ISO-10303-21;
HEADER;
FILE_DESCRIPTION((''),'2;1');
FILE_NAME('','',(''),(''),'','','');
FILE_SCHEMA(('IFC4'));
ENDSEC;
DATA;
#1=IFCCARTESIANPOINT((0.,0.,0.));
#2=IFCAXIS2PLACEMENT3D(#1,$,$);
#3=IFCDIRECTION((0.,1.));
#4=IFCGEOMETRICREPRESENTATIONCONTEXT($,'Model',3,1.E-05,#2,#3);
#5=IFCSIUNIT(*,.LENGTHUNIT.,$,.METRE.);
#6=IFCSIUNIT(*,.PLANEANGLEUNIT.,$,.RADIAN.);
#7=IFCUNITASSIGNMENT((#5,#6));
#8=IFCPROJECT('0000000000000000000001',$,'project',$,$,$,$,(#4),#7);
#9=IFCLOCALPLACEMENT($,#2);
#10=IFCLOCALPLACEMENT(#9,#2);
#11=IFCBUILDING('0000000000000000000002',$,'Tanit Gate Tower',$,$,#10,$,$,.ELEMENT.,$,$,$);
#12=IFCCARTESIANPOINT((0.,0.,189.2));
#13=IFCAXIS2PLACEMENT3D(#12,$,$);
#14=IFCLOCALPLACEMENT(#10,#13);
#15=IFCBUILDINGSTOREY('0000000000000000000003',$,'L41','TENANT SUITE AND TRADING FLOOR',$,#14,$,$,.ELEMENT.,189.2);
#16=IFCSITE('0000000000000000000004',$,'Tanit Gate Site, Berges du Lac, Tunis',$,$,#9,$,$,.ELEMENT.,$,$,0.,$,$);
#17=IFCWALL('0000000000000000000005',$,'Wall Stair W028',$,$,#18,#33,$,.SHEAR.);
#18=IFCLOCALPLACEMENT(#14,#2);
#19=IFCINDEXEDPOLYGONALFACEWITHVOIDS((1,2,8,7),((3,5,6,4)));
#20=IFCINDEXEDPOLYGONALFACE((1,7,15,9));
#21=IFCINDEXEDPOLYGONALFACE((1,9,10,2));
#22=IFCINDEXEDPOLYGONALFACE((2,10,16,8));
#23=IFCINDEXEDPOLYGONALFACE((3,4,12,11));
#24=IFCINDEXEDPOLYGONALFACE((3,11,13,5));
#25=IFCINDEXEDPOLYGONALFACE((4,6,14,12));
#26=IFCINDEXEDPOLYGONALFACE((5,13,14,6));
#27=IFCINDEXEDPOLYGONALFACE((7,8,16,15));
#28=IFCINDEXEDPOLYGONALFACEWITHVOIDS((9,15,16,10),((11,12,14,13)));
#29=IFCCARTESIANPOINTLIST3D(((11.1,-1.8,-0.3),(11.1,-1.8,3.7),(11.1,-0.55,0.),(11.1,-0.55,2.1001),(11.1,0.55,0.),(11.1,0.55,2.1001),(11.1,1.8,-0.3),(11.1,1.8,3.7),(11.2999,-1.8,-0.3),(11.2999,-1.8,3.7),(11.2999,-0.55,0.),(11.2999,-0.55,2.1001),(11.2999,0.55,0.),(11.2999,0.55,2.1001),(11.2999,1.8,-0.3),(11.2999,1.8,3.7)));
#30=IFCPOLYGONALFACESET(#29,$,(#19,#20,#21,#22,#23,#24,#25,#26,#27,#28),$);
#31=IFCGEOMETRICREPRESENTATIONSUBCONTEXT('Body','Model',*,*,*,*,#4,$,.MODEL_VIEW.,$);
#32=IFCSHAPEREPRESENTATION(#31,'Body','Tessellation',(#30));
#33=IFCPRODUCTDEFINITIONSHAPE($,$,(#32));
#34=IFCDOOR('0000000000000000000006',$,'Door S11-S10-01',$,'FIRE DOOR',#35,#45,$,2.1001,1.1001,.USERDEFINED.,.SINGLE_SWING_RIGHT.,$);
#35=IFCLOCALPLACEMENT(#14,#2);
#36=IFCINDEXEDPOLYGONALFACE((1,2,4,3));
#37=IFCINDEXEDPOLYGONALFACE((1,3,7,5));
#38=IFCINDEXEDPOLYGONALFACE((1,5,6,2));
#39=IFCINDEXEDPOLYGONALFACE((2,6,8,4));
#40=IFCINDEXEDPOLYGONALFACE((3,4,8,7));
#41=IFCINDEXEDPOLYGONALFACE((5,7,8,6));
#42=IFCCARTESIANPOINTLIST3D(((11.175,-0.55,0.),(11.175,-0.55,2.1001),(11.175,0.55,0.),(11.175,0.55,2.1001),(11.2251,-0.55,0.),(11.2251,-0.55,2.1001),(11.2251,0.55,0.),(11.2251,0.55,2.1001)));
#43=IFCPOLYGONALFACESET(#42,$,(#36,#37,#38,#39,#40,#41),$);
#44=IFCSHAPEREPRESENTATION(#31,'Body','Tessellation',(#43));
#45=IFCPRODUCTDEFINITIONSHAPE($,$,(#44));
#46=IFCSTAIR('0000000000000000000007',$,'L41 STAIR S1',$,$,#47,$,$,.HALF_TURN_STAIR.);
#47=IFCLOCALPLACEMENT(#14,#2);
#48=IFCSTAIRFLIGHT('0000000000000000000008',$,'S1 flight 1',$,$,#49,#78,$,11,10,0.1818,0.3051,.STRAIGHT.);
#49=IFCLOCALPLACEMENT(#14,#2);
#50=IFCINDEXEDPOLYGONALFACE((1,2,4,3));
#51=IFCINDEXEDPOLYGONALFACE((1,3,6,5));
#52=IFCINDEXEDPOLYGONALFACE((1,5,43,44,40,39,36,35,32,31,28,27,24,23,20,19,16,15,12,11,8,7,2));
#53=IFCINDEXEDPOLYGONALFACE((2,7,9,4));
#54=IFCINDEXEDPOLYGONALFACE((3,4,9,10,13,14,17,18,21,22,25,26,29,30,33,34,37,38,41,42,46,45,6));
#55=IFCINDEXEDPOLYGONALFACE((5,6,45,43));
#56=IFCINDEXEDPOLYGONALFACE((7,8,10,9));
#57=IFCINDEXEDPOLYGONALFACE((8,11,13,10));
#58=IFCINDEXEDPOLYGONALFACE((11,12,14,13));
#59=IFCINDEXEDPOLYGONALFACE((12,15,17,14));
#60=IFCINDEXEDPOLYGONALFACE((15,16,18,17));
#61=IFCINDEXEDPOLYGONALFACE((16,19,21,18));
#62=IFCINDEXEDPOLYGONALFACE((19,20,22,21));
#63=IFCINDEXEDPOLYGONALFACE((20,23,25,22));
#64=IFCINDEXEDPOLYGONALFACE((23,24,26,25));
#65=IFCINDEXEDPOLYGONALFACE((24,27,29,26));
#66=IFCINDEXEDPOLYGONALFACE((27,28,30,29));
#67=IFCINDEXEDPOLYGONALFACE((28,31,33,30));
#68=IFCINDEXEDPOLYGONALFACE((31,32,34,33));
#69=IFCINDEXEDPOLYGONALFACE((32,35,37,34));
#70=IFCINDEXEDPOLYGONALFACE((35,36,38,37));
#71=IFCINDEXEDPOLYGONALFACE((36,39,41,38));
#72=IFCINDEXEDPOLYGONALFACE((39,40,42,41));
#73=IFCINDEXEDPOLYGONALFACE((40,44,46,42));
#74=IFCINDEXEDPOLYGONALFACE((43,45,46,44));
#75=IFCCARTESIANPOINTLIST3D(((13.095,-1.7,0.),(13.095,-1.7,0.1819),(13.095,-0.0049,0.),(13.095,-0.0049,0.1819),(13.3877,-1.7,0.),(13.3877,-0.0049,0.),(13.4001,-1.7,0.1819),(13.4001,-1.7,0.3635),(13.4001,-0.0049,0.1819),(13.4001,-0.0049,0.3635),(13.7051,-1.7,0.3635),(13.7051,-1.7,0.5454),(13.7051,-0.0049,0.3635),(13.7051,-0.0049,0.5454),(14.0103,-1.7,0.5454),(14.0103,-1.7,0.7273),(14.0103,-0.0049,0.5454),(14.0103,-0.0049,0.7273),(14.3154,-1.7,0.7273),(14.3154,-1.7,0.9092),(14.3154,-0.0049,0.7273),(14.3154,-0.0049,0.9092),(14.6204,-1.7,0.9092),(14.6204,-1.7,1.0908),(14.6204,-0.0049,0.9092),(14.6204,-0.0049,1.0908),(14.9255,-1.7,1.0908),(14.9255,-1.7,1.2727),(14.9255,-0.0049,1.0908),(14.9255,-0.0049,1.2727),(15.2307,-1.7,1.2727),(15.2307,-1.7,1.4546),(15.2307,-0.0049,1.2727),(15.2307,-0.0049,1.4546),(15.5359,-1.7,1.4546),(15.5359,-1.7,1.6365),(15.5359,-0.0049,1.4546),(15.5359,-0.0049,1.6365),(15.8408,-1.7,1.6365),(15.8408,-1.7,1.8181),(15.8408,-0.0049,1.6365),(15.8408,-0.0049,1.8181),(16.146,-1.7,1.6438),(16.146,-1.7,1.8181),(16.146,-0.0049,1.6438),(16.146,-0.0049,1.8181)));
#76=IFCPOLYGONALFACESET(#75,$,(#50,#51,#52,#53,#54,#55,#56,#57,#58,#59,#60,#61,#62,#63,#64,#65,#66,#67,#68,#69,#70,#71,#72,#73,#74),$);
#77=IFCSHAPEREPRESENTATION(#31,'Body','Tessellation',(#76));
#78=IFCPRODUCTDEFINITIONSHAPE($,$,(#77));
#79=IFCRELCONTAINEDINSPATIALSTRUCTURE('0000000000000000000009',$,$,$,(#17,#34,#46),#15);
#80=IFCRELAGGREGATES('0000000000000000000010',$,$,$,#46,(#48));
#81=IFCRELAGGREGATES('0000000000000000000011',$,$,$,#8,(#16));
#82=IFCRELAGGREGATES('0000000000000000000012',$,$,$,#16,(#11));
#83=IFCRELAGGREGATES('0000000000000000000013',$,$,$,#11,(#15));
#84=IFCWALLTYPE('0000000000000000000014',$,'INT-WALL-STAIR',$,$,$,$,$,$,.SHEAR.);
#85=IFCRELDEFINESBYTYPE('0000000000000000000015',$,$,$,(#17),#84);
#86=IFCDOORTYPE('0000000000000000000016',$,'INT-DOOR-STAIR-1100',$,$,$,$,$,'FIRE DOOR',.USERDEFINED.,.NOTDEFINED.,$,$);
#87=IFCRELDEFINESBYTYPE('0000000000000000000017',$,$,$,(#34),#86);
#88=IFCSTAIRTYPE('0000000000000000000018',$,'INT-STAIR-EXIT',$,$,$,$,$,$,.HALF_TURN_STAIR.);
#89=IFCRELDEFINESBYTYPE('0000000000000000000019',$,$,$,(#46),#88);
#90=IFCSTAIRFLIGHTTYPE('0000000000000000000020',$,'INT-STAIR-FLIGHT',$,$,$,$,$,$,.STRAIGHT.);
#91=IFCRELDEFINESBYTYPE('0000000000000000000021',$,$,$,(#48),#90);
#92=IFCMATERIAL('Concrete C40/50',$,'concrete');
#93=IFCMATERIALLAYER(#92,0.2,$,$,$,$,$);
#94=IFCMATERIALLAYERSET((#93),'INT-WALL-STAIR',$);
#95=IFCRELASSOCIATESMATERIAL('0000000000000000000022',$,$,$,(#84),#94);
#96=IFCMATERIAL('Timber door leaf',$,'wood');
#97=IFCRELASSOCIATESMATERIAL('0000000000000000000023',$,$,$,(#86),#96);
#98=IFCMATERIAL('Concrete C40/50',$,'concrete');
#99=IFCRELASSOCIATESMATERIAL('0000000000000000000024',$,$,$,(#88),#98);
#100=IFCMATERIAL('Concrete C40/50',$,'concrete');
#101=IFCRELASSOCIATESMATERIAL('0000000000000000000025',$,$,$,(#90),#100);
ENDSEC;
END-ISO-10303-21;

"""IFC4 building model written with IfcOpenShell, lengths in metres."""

from ifc_helpers import new_model, si_unit, direction, frame, frame_2d, origin, place, context, subcontext, project, spatial, polyline, rectangle, outline, extrude, material, layer, layer_set, type_object, element, fill, aggregate, save


model = new_model("IFC4")

# Units and contexts
model_context = context("Model", 3, precision=1e-05, world=origin(), true_north=direction((0.0, 1.0)))
body_context = subcontext(model_context, "Body", "Model", "MODEL_VIEW")
ifc_project = project(units=[si_unit("LENGTHUNIT", "METRE"), si_unit("PLANEANGLEUNIT", "RADIAN")], contexts=[model_context])

# Site, building, storey
site_placement = place(None, origin())
site = spatial("IfcSite", under=ifc_project, at=site_placement, Name="Tanit Gate Site, Berges du Lac, Tunis", CompositionType="ELEMENT", RefElevation=0.0)
building_placement = place(site_placement, origin())
building = spatial("IfcBuilding", under=site, at=building_placement, Name="Tanit Gate Tower", CompositionType="ELEMENT")
storey_placement = place(building_placement, frame((0.0, 0.0, 189.2)))
storey = spatial("IfcBuildingStorey", under=building, at=storey_placement, Name="L41", Description="TENANT SUITE AND TRADING FLOOR", CompositionType="ELEMENT", Elevation=189.2)

# Shared definitions
ifc_material_1 = material(Name="Concrete C40/50", Category="concrete")
ifc_layer_1 = layer(ifc_material_1, 0.2)
ifc_layer_set_1 = layer_set([ifc_layer_1], Name="INT-WALL-STAIR")
wall_type_1 = type_object("IfcWallType", Name="INT-WALL-STAIR", PredefinedType="SHEAR", material=ifc_layer_set_1)

# Wall, opening, door
wall_1_placement = place(storey_placement, frame((11.2, -1.8, -0.3), z_axis=(0.0, 0.0, 1.0), x_axis=(0.0, 1.0, 0.0)))
wall_1 = element("IfcWall", 1, at=wall_1_placement, inside=storey, type_object=wall_type_1, Name="Wall Stair W028", PredefinedType="SHEAR", context=body_context, shape_type="SweptSolid", body=[
    extrude(rectangle(XDim=3.6001, YDim=0.2, at=frame_2d((1.8, 0.0))), origin(), (0.0, 0.0, 1.0), 4.0),
])
opening_1_placement = place(wall_1_placement, frame((1.25, 0.0, 0.3)))
opening_1 = element("IfcOpeningElement", 2, at=opening_1_placement, cuts=wall_1, PredefinedType="OPENING", context=body_context, shape_type="SweptSolid", body=[
    extrude(rectangle(XDim=1.1001, YDim=2.1001, at=frame_2d((0.55, 1.05))), frame((0.0, 0.1099, 0.0), z_axis=(0.0, -1.0, 0.0), x_axis=(1.0, 0.0, 0.0)), (0.0, 0.0, 1.0), 0.22),
])
ifc_material_2 = material(Name="Timber door leaf", Category="wood")
door_type_1 = type_object("IfcDoorType", Name="INT-DOOR-STAIR-1100", ElementType="FIRE DOOR", OperationType="NOTDEFINED", PredefinedType="USERDEFINED", material=ifc_material_2)
door_1_placement = place(opening_1_placement, origin())
door_1 = element("IfcDoor", 3, at=door_1_placement, inside=storey, type_object=door_type_1, Name="Door S11-S10-01", ObjectType="FIRE DOOR", OperationType="SINGLE_SWING_RIGHT", OverallHeight=2.1001, OverallWidth=1.1001, PredefinedType="USERDEFINED", context=body_context, shape_type="SweptSolid", body=[
    extrude(rectangle(XDim=1.1001, YDim=2.1001, at=frame_2d((0.55, 1.05))), frame((0.0, 0.0249, 0.0), z_axis=(0.0, -1.0, 0.0), x_axis=(1.0, 0.0, 0.0)), (0.0, 0.0, 1.0), 0.05),
])
fill(opening_1, door_1)

# Stair, stair flight
ifc_material_3 = material(Name="Concrete C40/50", Category="concrete")
stair_type = type_object("IfcStairType", Name="INT-STAIR-EXIT", PredefinedType="HALF_TURN_STAIR", material=ifc_material_3)
stair_placement = place(storey_placement, origin())
stair = element("IfcStair", 4, at=stair_placement, inside=storey, type_object=stair_type, Name="L41 STAIR S1", PredefinedType="HALF_TURN_STAIR")
ifc_material_4 = material(Name="Concrete C40/50", Category="concrete")
stair_flight_type = type_object("IfcStairFlightType", Name="INT-STAIR-FLIGHT", PredefinedType="STRAIGHT", material=ifc_material_4)
stair_flight_placement = place(storey_placement, frame((13.095, -0.8525, 0.0), z_axis=(0.0, 0.0, 1.0), x_axis=(1.0, 0.0, 0.0)))
stair_flight = element("IfcStairFlight", 5, at=stair_flight_placement, type_object=stair_flight_type, Name="S1 flight 1", NumberOfRisers=11, NumberOfTreads=10, PredefinedType="STRAIGHT", RiserHeight=0.1818, TreadLength=0.3051, context=body_context, shape_type="SweptSolid", body=[
    extrude(outline(polyline([(0.0, 0.0), (0.0, 0.1819), (0.3052, 0.1819), (0.3052, 0.3635), (0.6101, 0.3635), (0.6101, 0.5454), (0.9153, 0.5454), (0.9153, 0.7273), (1.2205, 0.7273), (1.2205, 0.9092), (1.5254, 0.9092), (1.5254, 1.0908), (1.8306, 1.0908), (1.8306, 1.2727), (2.1357, 1.2727), (2.1357, 1.4546), (2.4409, 1.4546), (2.4409, 1.6365), (2.7458, 1.6365), (2.7458, 1.8181), (3.051, 1.8181), (3.051, 2.0), (3.051, 1.6438), (0.2927, 0.0), (0.0, 0.0)])), frame((0.0, 0.8477, 0.0), z_axis=(0.0, -1.0, 0.0), x_axis=(1.0, 0.0, 0.0)), (0.0, 0.0, 1.0), 1.6951),
])
aggregate(stair, [stair_flight])

save(model, "model.ifc")
